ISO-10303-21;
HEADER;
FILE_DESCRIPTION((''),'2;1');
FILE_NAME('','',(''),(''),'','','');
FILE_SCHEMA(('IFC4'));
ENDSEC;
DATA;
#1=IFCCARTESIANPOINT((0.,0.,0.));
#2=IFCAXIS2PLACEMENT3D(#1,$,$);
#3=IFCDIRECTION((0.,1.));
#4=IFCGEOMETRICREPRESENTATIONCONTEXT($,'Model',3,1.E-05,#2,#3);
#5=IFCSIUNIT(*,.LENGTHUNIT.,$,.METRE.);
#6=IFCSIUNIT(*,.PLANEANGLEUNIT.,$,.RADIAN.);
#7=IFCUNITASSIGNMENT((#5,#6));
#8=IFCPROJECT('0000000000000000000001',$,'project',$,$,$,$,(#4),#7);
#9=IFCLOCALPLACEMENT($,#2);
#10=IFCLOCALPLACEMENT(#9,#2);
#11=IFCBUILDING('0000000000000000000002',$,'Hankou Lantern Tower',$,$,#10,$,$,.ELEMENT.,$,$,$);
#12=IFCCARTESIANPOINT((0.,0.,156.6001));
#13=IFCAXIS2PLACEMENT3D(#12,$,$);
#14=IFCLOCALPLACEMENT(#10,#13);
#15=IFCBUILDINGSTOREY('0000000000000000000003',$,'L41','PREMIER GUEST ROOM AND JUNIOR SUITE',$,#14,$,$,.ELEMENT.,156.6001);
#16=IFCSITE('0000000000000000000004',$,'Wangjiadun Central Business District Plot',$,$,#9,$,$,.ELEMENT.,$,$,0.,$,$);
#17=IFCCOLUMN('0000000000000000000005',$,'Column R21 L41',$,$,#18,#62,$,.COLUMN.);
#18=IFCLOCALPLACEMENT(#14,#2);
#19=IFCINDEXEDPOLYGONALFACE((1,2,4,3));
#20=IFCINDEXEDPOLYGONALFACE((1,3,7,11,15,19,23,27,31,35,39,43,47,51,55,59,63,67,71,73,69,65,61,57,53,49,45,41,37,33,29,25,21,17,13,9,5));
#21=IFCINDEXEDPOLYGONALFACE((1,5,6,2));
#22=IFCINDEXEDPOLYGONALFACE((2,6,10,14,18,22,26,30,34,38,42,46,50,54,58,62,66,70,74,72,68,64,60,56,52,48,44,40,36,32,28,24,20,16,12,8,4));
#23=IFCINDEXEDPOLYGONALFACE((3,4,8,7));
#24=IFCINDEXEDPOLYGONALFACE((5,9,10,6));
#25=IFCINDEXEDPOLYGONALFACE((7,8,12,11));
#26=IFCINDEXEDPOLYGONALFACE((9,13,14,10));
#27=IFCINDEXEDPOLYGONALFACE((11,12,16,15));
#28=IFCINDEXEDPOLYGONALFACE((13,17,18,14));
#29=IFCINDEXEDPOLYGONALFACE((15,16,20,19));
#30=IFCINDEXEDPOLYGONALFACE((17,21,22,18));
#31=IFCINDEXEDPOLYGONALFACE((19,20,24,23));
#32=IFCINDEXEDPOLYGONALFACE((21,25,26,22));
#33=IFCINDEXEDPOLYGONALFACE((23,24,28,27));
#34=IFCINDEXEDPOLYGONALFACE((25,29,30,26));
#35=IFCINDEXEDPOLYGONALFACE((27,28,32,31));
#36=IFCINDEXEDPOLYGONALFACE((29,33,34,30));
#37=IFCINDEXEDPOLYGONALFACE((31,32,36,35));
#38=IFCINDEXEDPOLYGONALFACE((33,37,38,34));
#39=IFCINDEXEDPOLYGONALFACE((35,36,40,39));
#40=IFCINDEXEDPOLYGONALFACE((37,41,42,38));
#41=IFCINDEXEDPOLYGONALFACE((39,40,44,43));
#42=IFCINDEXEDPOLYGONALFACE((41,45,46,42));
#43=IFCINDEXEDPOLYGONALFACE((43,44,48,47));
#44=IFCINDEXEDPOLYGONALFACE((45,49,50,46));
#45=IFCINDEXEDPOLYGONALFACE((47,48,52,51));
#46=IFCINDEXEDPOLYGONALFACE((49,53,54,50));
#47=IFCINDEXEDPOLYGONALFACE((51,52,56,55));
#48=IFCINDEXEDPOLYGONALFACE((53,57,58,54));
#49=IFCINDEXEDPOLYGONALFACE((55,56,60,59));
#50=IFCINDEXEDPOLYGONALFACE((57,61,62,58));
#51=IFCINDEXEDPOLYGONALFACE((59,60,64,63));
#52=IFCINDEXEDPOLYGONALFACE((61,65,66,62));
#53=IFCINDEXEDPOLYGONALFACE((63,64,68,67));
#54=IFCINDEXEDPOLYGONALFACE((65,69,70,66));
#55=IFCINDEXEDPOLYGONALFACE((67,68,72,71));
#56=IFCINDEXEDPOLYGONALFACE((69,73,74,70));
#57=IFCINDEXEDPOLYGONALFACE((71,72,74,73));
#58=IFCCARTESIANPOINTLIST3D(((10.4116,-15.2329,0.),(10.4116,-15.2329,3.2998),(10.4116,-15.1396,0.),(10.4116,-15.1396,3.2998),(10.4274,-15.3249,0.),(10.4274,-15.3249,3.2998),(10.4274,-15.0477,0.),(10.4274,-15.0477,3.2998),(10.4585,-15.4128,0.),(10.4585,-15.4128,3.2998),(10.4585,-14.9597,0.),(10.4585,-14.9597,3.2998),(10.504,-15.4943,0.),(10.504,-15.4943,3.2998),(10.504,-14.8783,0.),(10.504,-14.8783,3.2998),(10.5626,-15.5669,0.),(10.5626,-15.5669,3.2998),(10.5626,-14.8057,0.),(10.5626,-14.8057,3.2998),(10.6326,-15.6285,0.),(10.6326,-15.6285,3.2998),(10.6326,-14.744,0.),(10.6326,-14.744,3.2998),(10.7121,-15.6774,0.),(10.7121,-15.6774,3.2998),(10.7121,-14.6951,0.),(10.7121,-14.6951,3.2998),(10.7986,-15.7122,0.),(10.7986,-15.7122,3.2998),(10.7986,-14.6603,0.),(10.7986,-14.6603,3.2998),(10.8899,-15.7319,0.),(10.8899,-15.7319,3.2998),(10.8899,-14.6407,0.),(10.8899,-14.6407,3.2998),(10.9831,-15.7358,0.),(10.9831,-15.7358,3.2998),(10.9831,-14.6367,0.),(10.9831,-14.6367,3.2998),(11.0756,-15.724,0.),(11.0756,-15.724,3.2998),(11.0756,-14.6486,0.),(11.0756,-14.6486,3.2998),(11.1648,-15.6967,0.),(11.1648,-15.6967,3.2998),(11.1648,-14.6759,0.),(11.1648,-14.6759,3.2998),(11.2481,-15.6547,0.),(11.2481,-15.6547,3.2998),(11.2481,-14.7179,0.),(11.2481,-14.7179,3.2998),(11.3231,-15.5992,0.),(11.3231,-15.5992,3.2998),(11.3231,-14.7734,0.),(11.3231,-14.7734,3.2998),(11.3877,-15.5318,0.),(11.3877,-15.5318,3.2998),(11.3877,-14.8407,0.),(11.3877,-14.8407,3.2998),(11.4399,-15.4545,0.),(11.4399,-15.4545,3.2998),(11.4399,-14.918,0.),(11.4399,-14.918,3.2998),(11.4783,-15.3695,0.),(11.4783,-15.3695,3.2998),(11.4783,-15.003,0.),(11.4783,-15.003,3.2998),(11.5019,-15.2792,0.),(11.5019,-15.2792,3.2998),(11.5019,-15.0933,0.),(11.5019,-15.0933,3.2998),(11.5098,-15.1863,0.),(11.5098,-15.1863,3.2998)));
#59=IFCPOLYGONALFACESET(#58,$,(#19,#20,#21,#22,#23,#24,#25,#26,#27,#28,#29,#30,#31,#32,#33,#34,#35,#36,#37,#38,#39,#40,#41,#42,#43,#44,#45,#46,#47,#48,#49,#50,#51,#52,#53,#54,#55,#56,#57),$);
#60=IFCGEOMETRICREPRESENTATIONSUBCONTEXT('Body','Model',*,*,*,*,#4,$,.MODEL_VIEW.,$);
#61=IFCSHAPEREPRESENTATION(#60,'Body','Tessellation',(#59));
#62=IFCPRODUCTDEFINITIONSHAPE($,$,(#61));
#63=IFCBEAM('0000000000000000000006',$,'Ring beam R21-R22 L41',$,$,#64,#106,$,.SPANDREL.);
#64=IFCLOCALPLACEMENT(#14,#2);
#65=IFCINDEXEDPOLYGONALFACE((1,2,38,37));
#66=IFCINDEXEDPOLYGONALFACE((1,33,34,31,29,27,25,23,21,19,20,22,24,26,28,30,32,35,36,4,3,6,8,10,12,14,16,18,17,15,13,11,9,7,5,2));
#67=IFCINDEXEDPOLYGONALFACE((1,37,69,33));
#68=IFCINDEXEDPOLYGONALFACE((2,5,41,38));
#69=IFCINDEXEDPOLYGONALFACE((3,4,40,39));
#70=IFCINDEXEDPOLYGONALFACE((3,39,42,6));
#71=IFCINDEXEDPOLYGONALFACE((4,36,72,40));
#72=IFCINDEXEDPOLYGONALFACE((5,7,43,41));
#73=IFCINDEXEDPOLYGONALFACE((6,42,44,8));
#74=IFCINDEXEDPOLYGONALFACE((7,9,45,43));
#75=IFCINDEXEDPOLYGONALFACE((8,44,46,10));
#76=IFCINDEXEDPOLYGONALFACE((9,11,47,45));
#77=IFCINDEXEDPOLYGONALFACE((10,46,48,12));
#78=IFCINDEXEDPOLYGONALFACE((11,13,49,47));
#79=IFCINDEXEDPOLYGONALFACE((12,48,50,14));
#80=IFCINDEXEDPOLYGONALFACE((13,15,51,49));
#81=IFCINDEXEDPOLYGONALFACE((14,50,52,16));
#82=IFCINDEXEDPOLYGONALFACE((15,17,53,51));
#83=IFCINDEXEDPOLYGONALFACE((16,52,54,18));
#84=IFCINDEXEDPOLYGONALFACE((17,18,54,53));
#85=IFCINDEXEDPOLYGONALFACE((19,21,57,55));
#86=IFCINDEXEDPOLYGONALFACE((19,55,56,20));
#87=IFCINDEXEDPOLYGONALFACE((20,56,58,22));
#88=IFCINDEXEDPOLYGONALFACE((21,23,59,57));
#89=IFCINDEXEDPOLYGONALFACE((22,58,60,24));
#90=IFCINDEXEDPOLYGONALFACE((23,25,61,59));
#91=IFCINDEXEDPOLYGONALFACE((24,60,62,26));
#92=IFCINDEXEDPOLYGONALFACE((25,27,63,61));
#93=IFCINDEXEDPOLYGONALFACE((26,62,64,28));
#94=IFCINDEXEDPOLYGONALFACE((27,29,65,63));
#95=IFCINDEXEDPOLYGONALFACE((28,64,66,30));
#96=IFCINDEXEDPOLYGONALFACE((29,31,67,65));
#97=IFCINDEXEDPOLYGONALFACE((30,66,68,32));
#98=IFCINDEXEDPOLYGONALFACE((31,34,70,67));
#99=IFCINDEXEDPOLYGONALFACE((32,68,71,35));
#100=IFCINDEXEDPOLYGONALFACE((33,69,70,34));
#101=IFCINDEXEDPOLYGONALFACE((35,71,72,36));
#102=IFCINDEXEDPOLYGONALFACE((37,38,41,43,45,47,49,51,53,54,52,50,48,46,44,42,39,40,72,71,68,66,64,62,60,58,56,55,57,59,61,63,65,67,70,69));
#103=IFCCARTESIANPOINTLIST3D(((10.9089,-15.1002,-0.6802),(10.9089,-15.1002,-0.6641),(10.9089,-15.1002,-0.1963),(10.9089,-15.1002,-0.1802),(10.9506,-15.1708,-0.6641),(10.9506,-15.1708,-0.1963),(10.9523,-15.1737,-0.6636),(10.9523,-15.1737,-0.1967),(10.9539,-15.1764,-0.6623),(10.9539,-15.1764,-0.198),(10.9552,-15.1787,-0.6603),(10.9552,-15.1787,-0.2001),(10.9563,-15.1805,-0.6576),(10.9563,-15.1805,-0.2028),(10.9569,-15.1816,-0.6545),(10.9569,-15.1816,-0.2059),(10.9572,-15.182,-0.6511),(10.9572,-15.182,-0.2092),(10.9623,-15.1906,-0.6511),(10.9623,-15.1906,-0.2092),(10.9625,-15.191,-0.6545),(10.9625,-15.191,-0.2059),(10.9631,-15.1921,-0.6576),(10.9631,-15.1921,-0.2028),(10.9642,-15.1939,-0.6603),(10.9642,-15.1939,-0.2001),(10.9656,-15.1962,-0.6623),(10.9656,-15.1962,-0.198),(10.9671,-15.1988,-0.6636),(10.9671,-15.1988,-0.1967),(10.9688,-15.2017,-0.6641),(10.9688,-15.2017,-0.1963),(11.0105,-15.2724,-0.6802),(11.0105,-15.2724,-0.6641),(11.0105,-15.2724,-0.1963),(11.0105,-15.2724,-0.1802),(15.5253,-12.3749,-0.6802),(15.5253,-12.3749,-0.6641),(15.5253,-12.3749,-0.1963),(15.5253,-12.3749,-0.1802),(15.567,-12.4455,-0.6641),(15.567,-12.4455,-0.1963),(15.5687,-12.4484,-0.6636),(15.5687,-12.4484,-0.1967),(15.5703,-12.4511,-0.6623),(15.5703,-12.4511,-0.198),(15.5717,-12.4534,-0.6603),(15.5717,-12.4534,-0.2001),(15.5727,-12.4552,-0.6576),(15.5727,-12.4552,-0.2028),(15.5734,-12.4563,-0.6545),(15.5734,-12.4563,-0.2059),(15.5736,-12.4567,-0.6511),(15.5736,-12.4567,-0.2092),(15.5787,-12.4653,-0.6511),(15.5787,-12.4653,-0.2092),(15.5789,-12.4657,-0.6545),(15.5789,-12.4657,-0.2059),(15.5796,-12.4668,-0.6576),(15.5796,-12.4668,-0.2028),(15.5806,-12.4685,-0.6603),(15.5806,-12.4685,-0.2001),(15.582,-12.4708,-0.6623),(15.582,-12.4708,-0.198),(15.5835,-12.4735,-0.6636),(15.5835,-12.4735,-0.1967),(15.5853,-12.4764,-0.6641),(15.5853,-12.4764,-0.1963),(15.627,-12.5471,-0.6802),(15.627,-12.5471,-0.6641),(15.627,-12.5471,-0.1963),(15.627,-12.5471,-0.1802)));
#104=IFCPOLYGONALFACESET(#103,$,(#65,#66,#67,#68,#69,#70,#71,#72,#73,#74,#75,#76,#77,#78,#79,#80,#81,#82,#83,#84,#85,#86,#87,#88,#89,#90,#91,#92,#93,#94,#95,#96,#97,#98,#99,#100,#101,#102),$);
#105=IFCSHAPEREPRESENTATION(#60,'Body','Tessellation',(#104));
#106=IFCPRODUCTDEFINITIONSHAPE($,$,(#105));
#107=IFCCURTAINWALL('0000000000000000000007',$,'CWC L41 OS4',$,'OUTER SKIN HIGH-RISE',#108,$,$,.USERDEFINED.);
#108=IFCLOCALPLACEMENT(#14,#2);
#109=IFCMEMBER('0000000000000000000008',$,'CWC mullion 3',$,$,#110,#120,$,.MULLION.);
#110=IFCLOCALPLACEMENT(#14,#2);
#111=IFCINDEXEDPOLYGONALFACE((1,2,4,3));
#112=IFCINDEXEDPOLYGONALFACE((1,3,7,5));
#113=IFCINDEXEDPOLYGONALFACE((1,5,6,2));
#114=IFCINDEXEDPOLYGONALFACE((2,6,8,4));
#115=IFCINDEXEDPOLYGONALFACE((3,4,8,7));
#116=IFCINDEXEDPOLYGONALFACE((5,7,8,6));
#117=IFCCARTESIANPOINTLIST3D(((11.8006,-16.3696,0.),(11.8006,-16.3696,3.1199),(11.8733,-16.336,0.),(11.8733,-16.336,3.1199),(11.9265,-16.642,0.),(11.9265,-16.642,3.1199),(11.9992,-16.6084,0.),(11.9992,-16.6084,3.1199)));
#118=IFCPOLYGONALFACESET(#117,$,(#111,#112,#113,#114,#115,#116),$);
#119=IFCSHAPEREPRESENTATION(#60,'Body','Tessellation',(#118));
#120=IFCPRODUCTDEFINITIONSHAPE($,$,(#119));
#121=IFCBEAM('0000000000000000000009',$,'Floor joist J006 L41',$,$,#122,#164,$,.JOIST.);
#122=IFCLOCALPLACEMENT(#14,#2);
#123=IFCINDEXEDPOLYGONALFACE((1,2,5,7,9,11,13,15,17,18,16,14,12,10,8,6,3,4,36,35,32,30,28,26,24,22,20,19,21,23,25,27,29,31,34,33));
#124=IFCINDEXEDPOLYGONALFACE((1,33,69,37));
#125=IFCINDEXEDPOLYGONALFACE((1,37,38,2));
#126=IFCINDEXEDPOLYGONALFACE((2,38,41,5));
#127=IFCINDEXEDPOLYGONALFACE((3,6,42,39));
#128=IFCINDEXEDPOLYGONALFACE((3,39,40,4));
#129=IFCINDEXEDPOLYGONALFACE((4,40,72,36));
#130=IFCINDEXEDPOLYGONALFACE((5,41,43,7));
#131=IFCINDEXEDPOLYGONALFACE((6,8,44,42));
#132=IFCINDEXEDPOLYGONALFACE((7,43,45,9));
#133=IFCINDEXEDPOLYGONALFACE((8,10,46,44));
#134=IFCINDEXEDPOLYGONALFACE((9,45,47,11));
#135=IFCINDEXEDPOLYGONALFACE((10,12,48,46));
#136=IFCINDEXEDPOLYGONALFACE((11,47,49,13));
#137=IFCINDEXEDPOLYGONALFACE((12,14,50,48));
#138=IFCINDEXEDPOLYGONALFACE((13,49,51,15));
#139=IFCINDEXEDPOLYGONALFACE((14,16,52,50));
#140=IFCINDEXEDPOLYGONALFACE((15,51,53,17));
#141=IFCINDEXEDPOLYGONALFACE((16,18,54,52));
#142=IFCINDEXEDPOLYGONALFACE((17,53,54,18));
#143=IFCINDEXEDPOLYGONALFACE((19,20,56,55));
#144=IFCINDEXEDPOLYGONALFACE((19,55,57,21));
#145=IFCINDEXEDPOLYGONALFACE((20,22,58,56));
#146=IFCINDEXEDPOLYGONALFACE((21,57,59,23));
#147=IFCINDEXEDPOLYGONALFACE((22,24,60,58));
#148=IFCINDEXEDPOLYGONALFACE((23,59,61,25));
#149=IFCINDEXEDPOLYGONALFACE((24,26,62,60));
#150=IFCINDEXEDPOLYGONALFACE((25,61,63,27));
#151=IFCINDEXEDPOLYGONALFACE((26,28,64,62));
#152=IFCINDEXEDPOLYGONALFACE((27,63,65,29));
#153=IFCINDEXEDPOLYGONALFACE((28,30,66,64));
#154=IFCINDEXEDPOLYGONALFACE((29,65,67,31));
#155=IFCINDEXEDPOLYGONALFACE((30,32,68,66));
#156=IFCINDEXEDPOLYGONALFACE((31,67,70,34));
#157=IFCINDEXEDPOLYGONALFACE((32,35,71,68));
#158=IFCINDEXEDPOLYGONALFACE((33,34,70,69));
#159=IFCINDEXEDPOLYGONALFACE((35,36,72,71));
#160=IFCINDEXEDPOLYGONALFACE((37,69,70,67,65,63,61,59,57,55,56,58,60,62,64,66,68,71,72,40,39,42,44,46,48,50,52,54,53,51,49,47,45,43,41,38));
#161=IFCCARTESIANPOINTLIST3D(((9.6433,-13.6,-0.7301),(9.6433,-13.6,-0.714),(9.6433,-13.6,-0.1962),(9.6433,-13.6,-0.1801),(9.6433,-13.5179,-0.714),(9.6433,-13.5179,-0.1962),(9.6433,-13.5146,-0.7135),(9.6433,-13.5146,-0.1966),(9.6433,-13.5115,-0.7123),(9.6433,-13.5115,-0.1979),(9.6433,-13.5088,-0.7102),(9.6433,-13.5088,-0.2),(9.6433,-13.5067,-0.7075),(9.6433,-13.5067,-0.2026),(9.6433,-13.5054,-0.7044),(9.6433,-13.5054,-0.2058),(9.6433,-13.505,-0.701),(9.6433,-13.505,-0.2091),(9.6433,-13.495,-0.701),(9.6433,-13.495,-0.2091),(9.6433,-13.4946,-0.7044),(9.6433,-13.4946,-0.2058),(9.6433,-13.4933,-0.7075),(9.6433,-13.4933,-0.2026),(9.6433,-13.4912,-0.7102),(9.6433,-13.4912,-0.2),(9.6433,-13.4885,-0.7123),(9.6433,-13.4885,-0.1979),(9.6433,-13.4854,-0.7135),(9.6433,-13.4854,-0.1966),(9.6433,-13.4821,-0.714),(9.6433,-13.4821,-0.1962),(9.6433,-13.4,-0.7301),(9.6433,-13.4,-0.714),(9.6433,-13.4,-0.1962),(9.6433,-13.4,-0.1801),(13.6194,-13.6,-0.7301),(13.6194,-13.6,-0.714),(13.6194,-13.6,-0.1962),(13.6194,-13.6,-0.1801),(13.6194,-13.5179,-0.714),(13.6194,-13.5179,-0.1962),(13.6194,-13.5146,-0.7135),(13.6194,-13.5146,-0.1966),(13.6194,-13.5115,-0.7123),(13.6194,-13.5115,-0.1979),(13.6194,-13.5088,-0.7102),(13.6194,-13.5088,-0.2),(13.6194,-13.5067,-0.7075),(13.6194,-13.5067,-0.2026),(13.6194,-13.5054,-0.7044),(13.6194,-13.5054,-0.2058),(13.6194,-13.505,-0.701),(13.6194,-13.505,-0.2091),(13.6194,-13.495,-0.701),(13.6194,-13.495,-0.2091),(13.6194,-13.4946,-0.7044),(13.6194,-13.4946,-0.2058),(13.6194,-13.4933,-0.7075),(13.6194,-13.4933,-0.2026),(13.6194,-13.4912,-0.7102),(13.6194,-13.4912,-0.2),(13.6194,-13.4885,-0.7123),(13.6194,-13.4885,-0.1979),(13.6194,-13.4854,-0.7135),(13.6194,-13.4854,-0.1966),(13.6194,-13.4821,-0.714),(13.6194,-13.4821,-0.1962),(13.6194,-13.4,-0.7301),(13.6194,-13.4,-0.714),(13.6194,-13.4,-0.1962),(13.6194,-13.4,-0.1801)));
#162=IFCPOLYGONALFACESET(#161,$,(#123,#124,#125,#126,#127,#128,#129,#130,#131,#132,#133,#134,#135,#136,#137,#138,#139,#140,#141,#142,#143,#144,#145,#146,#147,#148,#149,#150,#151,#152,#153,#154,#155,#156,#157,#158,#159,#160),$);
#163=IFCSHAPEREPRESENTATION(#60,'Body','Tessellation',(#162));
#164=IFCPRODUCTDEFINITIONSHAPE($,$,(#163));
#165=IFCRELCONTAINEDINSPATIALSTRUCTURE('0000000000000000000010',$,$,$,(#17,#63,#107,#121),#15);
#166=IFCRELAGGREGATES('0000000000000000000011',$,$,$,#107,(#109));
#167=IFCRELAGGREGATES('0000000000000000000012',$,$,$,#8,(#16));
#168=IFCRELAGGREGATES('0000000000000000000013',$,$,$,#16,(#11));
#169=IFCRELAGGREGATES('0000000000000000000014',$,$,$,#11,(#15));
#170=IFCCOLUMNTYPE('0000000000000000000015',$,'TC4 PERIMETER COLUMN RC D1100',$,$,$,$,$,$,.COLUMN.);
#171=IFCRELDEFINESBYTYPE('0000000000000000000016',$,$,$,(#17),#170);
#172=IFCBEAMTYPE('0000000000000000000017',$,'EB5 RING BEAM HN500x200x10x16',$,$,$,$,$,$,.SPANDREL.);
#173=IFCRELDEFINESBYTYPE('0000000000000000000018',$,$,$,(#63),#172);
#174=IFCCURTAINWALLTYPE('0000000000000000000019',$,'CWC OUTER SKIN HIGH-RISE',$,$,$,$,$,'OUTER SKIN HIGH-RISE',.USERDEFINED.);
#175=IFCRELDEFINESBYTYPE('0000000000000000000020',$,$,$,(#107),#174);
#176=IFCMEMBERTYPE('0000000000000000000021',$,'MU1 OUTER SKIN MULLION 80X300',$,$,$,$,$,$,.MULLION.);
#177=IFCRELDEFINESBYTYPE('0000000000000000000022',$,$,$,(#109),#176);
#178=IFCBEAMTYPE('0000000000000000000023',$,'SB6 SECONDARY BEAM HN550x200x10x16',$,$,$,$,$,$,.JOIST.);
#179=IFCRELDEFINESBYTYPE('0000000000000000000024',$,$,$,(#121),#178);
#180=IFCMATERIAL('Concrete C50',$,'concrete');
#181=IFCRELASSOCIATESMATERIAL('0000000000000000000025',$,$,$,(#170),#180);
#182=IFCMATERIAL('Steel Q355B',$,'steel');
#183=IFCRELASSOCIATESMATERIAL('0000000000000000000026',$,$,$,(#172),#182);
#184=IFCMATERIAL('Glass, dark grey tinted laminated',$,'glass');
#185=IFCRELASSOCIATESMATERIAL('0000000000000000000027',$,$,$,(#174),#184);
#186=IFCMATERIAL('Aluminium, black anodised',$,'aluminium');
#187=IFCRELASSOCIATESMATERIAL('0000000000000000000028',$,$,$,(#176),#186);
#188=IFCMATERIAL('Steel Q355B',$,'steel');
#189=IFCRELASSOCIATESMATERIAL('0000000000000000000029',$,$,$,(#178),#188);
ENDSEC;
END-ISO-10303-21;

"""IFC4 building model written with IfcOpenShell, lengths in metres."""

from ifc_helpers import new_model, si_unit, direction, frame, origin, origin_2d, place, context, subcontext, project, spatial, rectangle, circle, i_section, extrude, material, material_profile, profile_set, type_object, element, aggregate, save


model = new_model("IFC4")

# Units and contexts
model_context = context("Model", 3, precision=1e-05, world=origin(), true_north=direction((0.0, 1.0)))
body_context = subcontext(model_context, "Body", "Model", "MODEL_VIEW")
ifc_project = project(units=[si_unit("LENGTHUNIT", "METRE"), si_unit("PLANEANGLEUNIT", "RADIAN")], contexts=[model_context])

# Site, building, storey
site_placement = place(None, origin())
site = spatial("IfcSite", under=ifc_project, at=site_placement, Name="Wangjiadun Central Business District Plot", CompositionType="ELEMENT", RefElevation=0.0)
building_placement = place(site_placement, origin())
building = spatial("IfcBuilding", under=site, at=building_placement, Name="Hankou Lantern Tower", CompositionType="ELEMENT")
storey_placement = place(building_placement, frame((0.0, 0.0, 156.6001)))
storey = spatial("IfcBuildingStorey", under=building, at=storey_placement, Name="L41", Description="PREMIER GUEST ROOM AND JUNIOR SUITE", CompositionType="ELEMENT", Elevation=156.6001)

# Column
ifc_material_1 = material(Name="Concrete C50", Category="concrete")
ifc_material_profile_1 = material_profile(ifc_material_1, circle(Radius=0.55, at=origin_2d()), Name="RC D1100")
ifc_profile_set_1 = profile_set([ifc_material_profile_1], Name="Concrete C50")
column_type = type_object("IfcColumnType", Name="TC4 PERIMETER COLUMN RC D1100", PredefinedType="COLUMN", material=ifc_profile_set_1)
column_placement = place(storey_placement, frame((10.9597, -15.1863, 0.0), z_axis=(0.0, 0.0, 1.0), x_axis=(1.0, 0.0, 0.0)))
element("IfcColumn", 1, at=column_placement, inside=storey, type_object=column_type, Name="Column R21 L41", PredefinedType="COLUMN", context=body_context, shape_type="SweptSolid", body=[
    extrude(circle(Radius=0.55, at=origin_2d()), origin(), (0.0, 0.0, 1.0), 3.2998),
])

# Beam
ifc_material_2 = material(Name="Steel Q355B", Category="steel")
ifc_material_profile_2 = material_profile(ifc_material_2, i_section(OverallWidth=0.2, OverallDepth=0.5, WebThickness=0.01, FlangeThickness=0.0161, FilletRadius=0.0129, at=origin_2d()), Name="HN500x200x10x16")
ifc_profile_set_2 = profile_set([ifc_material_profile_2], Name="Steel Q355B")
beam_type_1 = type_object("IfcBeamType", Name="EB5 RING BEAM HN500x200x10x16", PredefinedType="SPANDREL", material=ifc_profile_set_2)
beam_1_placement = place(storey_placement, frame((10.9597, -15.1863, -0.4302), z_axis=(0.861136, 0.508375, 0.0), x_axis=(-0.508375, 0.861136, 0.0)))
element("IfcBeam", 2, at=beam_1_placement, inside=storey, type_object=beam_type_1, Name="Ring beam R21-R22 L41", PredefinedType="SPANDREL", context=body_context, shape_type="SweptSolid", body=[
    extrude(i_section(OverallWidth=0.2, OverallDepth=0.5, WebThickness=0.01, FlangeThickness=0.0161, FilletRadius=0.0129, at=origin_2d()), origin(), (0.0, 0.0, 1.0), 5.3608),
])

# Curtain wall, member
ifc_material_3 = material(Name="Glass, dark grey tinted laminated", Category="glass")
curtain_wall_type = type_object("IfcCurtainWallType", Name="CWC OUTER SKIN HIGH-RISE", ElementType="OUTER SKIN HIGH-RISE", PredefinedType="USERDEFINED", material=ifc_material_3)
curtain_wall_placement = place(storey_placement, origin())
curtain_wall = element("IfcCurtainWall", 3, at=curtain_wall_placement, inside=storey, type_object=curtain_wall_type, Name="CWC L41 OS4", ObjectType="OUTER SKIN HIGH-RISE", PredefinedType="USERDEFINED")
ifc_material_4 = material(Name="Aluminium, black anodised", Category="aluminium")
ifc_material_profile_3 = material_profile(ifc_material_4, rectangle(XDim=0.0801, YDim=0.3, at=origin_2d()), Name="MU1 80X300")
ifc_profile_set_3 = profile_set([ifc_material_profile_3], Name="Aluminium, black anodised")
member_type_1 = type_object("IfcMemberType", Name="MU1 OUTER SKIN MULLION 80X300", PredefinedType="MULLION", material=ifc_profile_set_3)
member_1_placement = place(storey_placement, frame((11.8999, -16.489, 0.0), z_axis=(0.0, 0.0, 1.0), x_axis=(0.907841, 0.419314, 0.0)))
member_1 = element("IfcMember", 4, at=member_1_placement, type_object=member_type_1, Name="CWC mullion 3", PredefinedType="MULLION", context=body_context, shape_type="SweptSolid", body=[
    extrude(rectangle(XDim=0.0801, YDim=0.3, at=origin_2d()), origin(), (0.0, 0.0, 1.0), 3.1199),
])

# Beam
ifc_material_5 = material(Name="Steel Q355B", Category="steel")
ifc_material_profile_4 = material_profile(ifc_material_5, i_section(OverallWidth=0.2, OverallDepth=0.55, WebThickness=0.01, FlangeThickness=0.0161, FilletRadius=0.0129, at=origin_2d()), Name="HN550x200x10x16")
ifc_profile_set_4 = profile_set([ifc_material_profile_4], Name="Steel Q355B")
beam_type_2 = type_object("IfcBeamType", Name="SB6 SECONDARY BEAM HN550x200x10x16", PredefinedType="JOIST", material=ifc_profile_set_4)
beam_2_placement = place(storey_placement, frame((9.6433, -13.5, -0.4551), z_axis=(1.0, 0.0, 0.0), x_axis=(0.0, 1.0, 0.0)))
element("IfcBeam", 5, at=beam_2_placement, inside=storey, type_object=beam_type_2, Name="Floor joist J006 L41", PredefinedType="JOIST", context=body_context, shape_type="SweptSolid", body=[
    extrude(i_section(OverallWidth=0.2, OverallDepth=0.55, WebThickness=0.01, FlangeThickness=0.0161, FilletRadius=0.0129, at=origin_2d()), origin(), (0.0, 0.0, 1.0), 3.9761),
])

aggregate(curtain_wall, [member_1])

save(model, "model.ifc")
